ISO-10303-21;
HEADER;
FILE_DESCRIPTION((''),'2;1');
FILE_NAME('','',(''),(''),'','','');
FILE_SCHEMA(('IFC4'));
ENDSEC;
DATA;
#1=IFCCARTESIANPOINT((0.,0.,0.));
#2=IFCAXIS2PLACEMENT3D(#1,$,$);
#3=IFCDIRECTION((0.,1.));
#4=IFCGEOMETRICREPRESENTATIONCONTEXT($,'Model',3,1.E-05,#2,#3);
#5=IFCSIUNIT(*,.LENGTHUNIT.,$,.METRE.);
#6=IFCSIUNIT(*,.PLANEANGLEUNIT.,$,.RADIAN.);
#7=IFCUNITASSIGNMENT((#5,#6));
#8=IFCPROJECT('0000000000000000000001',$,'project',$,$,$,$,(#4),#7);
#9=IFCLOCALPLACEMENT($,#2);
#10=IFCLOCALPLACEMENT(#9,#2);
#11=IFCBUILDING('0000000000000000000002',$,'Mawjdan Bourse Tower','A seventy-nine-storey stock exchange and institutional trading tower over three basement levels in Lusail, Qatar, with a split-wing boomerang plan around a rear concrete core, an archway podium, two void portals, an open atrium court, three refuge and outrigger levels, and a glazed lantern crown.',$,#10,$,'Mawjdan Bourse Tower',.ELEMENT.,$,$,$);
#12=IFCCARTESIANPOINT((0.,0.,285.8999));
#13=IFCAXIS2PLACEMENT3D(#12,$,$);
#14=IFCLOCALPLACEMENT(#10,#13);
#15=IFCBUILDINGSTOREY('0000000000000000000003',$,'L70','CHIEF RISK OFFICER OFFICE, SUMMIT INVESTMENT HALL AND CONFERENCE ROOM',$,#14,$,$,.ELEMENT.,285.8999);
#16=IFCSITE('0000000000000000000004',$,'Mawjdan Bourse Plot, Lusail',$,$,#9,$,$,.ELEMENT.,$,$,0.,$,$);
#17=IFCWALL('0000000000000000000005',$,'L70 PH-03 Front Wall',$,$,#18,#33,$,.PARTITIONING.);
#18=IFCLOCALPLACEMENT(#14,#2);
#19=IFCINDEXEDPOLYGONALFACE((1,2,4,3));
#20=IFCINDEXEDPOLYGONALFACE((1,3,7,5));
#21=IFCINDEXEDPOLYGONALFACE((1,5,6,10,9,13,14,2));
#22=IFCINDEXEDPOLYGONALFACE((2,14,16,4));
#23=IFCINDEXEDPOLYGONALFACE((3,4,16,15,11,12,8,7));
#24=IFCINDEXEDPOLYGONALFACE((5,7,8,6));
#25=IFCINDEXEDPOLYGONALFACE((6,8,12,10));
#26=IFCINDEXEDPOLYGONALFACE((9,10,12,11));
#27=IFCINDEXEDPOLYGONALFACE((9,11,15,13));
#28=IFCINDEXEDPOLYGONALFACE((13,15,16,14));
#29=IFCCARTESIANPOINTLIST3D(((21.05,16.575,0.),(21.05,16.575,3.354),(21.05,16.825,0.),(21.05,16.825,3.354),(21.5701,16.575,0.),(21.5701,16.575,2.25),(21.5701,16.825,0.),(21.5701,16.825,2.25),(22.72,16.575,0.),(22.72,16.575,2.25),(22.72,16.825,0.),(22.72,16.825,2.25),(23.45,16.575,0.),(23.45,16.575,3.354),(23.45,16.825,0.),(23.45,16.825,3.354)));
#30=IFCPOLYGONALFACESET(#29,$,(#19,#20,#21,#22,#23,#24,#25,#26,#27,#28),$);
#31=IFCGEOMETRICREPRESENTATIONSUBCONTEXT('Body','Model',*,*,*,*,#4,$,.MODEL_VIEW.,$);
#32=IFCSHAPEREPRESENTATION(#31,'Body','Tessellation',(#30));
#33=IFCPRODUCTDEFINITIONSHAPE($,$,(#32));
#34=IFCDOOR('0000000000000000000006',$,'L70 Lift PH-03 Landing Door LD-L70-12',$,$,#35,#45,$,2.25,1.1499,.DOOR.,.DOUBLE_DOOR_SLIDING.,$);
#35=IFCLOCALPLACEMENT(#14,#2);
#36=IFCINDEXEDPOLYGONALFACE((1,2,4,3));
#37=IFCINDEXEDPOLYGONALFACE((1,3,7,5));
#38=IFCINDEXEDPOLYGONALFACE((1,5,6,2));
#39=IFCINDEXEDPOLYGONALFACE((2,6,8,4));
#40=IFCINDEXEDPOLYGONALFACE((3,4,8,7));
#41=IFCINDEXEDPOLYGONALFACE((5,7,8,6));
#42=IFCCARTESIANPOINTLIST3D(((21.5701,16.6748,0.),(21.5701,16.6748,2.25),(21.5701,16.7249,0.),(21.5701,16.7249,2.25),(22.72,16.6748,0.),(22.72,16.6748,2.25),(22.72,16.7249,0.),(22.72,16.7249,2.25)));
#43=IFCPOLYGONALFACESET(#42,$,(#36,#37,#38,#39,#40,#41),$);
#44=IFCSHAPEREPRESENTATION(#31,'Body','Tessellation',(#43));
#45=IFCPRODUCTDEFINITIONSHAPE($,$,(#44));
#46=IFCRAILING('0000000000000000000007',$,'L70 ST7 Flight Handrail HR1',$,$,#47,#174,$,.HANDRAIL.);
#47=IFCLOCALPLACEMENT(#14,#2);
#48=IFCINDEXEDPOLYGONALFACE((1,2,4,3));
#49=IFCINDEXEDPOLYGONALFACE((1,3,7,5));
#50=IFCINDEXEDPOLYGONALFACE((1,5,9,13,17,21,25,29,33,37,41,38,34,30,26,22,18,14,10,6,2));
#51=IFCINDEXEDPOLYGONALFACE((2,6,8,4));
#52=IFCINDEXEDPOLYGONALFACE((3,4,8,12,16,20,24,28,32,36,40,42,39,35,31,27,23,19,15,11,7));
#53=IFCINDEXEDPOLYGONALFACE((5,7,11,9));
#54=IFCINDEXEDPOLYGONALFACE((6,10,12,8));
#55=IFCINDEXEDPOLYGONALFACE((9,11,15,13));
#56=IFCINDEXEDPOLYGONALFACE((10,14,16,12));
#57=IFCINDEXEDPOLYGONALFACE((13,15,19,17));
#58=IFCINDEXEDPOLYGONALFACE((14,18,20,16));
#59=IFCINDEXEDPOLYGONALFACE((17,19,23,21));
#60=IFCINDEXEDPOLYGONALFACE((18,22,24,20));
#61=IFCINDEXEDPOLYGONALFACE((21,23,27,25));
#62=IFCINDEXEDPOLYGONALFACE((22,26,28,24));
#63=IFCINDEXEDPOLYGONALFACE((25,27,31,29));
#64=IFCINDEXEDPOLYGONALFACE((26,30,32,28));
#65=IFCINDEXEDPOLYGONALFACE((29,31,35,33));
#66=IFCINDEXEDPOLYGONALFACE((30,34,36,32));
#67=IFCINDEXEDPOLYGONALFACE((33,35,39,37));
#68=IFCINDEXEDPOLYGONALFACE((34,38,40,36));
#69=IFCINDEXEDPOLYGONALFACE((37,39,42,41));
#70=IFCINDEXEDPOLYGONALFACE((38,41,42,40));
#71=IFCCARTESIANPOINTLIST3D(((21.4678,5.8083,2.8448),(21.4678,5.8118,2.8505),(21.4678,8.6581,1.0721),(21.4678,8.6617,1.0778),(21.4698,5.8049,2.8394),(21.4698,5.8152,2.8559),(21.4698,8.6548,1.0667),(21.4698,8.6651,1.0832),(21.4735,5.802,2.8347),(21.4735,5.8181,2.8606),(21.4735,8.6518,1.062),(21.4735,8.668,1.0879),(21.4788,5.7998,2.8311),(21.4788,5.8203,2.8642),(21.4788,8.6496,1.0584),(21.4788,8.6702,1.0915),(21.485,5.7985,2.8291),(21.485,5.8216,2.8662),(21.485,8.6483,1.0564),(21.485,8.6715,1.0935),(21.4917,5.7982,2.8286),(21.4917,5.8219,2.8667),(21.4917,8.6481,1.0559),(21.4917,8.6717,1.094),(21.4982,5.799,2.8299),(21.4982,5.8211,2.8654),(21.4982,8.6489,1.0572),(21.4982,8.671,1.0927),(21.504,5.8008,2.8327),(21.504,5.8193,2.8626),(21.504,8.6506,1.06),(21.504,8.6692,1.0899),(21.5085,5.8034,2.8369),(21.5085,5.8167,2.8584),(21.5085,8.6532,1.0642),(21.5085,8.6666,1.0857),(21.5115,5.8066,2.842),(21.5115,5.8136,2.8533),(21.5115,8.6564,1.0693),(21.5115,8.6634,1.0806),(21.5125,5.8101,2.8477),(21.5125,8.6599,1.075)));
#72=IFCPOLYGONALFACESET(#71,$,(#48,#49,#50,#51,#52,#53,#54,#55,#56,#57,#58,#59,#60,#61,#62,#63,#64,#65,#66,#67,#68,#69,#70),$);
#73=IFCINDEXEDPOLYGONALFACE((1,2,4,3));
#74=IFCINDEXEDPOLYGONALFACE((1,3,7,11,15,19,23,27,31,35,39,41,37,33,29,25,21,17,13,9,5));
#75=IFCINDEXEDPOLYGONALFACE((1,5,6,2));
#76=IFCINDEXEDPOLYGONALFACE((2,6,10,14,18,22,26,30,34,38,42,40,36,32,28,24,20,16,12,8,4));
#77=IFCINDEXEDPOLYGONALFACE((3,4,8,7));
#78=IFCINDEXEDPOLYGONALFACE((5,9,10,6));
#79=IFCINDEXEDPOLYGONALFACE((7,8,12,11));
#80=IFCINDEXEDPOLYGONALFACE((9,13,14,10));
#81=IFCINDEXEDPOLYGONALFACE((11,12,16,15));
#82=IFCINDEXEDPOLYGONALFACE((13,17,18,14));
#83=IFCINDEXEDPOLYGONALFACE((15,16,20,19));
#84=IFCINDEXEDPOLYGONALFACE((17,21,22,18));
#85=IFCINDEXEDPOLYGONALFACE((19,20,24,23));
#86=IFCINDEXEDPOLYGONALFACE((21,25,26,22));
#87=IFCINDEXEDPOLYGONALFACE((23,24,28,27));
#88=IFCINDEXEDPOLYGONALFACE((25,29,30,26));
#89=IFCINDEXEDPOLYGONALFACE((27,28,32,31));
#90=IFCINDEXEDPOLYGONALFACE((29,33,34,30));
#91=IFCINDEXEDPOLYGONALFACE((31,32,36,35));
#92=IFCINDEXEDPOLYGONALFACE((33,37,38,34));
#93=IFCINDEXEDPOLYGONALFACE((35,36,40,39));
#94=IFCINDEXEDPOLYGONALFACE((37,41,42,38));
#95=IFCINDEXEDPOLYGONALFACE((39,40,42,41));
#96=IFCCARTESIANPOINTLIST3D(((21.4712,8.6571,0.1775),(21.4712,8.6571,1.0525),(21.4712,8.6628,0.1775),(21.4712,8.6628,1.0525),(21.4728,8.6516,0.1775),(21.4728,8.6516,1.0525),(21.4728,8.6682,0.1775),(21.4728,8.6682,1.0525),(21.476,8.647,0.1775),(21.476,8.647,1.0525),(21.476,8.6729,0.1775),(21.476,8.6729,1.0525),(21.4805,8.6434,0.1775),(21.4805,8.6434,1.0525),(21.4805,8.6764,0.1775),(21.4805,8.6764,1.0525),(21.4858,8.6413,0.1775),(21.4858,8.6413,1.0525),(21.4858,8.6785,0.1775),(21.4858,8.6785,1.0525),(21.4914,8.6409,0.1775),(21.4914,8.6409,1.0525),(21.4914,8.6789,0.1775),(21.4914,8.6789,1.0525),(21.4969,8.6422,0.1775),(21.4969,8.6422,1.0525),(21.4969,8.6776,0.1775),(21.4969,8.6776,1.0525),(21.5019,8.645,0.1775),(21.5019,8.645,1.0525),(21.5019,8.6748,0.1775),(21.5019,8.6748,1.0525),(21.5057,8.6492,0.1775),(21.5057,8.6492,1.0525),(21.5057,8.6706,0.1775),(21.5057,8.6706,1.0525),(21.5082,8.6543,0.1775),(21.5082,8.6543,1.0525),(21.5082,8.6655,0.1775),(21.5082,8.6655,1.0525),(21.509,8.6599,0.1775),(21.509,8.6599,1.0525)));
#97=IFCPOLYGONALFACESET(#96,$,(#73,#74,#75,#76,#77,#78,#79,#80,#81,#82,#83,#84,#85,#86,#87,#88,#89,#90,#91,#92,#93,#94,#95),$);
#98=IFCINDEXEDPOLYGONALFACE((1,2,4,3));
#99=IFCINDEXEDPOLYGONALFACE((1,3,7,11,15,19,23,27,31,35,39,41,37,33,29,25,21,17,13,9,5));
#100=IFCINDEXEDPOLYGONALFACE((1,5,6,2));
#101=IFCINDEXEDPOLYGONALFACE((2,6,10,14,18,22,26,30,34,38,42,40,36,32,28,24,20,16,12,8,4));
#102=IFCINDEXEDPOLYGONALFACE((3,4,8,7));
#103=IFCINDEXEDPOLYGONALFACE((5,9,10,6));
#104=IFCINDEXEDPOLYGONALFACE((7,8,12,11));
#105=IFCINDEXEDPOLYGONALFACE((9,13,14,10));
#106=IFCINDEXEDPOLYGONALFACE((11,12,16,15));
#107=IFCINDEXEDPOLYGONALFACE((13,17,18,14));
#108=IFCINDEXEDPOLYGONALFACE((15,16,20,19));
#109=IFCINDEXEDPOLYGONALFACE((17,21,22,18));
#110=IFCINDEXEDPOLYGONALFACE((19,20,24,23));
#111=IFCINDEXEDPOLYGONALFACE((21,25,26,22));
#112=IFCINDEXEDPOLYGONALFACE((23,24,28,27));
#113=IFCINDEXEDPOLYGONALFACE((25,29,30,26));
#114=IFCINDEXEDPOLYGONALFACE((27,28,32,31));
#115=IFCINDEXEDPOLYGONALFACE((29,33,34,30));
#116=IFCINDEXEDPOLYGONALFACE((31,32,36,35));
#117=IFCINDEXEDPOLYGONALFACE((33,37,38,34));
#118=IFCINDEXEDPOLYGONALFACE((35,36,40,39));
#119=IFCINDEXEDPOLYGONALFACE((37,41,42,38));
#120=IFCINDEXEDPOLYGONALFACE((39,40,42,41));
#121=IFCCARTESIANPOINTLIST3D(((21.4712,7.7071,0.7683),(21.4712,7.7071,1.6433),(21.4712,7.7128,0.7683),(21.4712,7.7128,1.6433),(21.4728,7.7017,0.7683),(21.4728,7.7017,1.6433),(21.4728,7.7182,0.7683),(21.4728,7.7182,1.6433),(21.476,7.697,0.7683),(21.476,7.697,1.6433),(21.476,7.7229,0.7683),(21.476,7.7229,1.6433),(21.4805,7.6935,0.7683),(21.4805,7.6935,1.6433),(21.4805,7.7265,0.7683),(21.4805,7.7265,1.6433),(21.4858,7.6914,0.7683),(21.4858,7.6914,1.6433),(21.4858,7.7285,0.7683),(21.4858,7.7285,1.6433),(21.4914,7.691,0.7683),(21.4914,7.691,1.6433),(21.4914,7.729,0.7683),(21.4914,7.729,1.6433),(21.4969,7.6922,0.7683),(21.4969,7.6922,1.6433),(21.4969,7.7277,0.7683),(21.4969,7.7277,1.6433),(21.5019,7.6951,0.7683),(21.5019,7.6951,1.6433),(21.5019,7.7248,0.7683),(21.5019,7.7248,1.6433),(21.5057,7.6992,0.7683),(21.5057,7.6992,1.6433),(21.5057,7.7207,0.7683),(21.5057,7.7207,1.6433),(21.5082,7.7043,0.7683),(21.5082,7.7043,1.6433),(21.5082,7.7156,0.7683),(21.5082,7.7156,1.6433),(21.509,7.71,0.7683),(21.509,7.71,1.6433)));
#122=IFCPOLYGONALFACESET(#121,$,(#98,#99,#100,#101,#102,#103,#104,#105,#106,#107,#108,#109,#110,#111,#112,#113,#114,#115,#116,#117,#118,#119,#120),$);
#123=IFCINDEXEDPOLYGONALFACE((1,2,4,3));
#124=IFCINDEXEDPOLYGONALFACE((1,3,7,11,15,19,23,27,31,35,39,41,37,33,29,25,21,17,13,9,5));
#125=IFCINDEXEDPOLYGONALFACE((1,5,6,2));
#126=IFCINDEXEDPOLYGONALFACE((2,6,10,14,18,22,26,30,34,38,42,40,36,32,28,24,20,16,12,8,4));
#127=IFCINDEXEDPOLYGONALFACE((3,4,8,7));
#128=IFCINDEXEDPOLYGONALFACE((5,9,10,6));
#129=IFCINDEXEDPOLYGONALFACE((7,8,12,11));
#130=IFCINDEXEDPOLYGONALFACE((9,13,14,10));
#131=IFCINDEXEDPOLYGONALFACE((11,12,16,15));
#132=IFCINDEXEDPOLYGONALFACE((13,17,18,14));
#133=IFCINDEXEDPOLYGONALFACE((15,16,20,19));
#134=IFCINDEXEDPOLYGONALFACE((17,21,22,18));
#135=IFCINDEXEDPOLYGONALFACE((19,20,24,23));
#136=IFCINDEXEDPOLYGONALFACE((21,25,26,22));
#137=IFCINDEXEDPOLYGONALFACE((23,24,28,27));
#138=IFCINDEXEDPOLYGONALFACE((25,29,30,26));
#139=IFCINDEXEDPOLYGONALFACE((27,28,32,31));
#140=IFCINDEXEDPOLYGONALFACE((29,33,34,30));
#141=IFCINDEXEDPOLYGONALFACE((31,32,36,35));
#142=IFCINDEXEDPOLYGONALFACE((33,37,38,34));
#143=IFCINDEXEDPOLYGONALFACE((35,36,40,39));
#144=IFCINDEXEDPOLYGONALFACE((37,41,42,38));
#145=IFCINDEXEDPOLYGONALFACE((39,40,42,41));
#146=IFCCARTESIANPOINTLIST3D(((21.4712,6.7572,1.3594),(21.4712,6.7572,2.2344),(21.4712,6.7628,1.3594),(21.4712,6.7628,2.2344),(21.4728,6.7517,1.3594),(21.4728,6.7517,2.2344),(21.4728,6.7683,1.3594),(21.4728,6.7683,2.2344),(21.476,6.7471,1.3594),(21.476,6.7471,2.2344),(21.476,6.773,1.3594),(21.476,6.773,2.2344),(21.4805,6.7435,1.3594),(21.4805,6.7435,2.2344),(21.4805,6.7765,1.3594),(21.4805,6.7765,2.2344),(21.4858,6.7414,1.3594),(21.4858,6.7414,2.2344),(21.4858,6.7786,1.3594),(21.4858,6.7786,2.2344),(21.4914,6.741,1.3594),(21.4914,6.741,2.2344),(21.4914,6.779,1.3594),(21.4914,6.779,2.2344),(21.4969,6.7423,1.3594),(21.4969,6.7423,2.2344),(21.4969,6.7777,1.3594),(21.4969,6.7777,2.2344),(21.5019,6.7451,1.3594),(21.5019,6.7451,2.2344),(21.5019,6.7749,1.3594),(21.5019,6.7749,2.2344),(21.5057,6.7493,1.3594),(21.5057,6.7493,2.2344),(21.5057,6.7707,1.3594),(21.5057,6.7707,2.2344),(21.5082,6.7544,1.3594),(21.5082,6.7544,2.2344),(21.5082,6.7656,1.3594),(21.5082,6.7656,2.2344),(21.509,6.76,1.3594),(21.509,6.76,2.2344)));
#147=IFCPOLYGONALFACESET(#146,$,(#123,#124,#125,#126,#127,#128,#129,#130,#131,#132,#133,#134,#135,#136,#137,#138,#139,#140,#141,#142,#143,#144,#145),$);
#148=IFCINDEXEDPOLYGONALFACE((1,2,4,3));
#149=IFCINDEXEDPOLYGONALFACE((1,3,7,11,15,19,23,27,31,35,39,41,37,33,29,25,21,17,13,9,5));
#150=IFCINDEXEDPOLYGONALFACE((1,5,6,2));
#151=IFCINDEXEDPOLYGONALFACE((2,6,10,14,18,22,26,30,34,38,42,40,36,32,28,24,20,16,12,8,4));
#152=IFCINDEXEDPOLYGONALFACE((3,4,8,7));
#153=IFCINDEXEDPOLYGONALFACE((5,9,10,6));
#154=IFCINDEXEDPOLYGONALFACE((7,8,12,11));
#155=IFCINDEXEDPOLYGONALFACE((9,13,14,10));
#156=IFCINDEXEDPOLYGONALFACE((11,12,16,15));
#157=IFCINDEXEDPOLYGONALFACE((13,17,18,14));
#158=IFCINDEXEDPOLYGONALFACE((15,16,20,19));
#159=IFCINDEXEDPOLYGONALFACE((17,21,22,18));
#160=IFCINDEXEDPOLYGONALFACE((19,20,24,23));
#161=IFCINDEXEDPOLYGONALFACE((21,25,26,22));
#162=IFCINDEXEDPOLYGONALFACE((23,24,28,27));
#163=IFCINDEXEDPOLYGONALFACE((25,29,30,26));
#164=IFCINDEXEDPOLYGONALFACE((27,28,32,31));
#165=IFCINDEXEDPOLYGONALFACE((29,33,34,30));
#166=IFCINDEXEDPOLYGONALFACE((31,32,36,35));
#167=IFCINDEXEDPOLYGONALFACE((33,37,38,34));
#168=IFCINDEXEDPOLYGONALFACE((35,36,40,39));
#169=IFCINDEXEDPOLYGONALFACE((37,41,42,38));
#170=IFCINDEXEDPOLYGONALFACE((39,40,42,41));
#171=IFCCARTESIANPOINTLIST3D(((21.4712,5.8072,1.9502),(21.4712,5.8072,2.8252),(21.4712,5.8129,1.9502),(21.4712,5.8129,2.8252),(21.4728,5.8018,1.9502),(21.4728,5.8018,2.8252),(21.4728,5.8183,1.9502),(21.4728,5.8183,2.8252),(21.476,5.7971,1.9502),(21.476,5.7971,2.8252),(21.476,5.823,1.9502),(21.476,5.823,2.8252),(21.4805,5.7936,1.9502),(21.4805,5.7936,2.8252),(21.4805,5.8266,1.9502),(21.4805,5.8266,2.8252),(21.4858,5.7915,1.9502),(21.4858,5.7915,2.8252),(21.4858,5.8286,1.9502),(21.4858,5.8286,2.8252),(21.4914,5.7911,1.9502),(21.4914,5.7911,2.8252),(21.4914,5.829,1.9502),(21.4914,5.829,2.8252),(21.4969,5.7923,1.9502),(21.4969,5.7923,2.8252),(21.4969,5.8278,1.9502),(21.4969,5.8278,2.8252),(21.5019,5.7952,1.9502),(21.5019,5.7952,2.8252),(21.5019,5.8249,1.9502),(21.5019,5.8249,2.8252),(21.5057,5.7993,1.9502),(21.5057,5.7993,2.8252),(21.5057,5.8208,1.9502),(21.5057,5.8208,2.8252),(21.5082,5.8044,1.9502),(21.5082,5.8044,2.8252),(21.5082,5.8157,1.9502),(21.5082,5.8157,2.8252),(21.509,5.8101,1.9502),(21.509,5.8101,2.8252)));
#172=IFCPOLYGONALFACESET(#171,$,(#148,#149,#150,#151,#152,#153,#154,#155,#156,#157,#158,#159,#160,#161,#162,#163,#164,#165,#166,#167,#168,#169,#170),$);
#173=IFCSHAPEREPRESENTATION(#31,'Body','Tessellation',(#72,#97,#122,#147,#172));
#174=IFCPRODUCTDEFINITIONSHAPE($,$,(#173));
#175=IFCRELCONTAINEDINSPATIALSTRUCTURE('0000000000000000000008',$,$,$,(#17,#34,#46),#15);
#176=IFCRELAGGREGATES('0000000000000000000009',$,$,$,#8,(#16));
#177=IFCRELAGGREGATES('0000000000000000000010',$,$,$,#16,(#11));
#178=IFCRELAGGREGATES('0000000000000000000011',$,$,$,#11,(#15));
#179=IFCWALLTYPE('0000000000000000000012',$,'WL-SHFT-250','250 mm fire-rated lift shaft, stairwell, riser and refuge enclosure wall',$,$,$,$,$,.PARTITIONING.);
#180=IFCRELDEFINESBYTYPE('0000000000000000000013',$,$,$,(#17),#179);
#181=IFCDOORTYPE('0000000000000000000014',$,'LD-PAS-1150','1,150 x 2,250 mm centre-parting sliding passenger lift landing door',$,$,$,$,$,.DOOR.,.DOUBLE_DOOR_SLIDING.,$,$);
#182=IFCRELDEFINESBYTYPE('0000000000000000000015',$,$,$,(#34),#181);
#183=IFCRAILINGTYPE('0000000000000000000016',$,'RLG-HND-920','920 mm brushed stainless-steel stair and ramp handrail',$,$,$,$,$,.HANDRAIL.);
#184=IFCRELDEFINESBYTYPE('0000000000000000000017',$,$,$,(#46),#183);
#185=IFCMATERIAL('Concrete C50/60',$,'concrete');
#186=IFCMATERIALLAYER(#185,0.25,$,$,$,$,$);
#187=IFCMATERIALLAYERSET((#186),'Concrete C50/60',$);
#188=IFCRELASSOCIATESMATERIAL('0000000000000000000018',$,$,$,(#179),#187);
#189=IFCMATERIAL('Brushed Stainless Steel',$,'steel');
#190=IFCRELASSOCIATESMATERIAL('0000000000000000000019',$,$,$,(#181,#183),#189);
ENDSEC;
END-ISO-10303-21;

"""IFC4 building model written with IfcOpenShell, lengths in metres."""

from ifc_helpers import new_model, si_unit, direction, frame, frame_2d, origin, origin_2d, place, context, subcontext, project, spatial, rectangle, circle, extrude, material, layer, layer_set, type_object, element, fill, save


model = new_model("IFC4")

# Units and contexts
model_context = context("Model", 3, precision=1e-05, world=origin(), true_north=direction((0.0, 1.0)))
body_context = subcontext(model_context, "Body", "Model", "MODEL_VIEW")
ifc_project = project(units=[si_unit("LENGTHUNIT", "METRE"), si_unit("PLANEANGLEUNIT", "RADIAN")], contexts=[model_context])

# Site, building, storey
site_placement = place(None, origin())
site = spatial("IfcSite", under=ifc_project, at=site_placement, Name="Mawjdan Bourse Plot, Lusail", CompositionType="ELEMENT", RefElevation=0.0)
building_placement = place(site_placement, origin())
building = spatial("IfcBuilding", under=site, at=building_placement, Name="Mawjdan Bourse Tower", Description="A seventy-nine-storey stock exchange and institutional trading tower over three basement levels in Lusail, Qatar, with a split-wing boomerang plan around a rear concrete core, an archway podium, two void portals, an open atrium court, three refuge and outrigger levels, and a glazed lantern crown.", LongName="Mawjdan Bourse Tower", CompositionType="ELEMENT")
storey_placement = place(building_placement, frame((0.0, 0.0, 285.8999)))
storey = spatial("IfcBuildingStorey", under=building, at=storey_placement, Name="L70", Description="CHIEF RISK OFFICER OFFICE, SUMMIT INVESTMENT HALL AND CONFERENCE ROOM", CompositionType="ELEMENT", Elevation=285.8999)

# Wall, opening, door
ifc_material_1 = material(Name="Concrete C50/60", Category="concrete")
ifc_layer_1 = layer(ifc_material_1, 0.25)
ifc_layer_set_1 = layer_set([ifc_layer_1], Name="Concrete C50/60")
wall_type_1 = type_object("IfcWallType", Name="WL-SHFT-250", Description="250 mm fire-rated lift shaft, stairwell, riser and refuge enclosure wall", PredefinedType="PARTITIONING", material=ifc_layer_set_1)
wall_1_placement = place(storey_placement, frame((21.05, 16.7, 0.0), z_axis=(0.0, 0.0, 1.0), x_axis=(1.0, 0.0, 0.0)))
wall_1 = element("IfcWall", 1, at=wall_1_placement, inside=storey, type_object=wall_type_1, Name="L70 PH-03 Front Wall", PredefinedType="PARTITIONING", context=body_context, shape_type="SweptSolid", body=[
    extrude(rectangle(XDim=2.3999, YDim=0.25, at=frame_2d((1.2, 0.0))), origin(), (0.0, 0.0, 1.0), 3.354),
])
opening_1_placement = place(wall_1_placement, frame((0.52, 0.0, 0.0)))
opening_1 = element("IfcOpeningElement", 2, at=opening_1_placement, cuts=wall_1, PredefinedType="OPENING", context=body_context, shape_type="SweptSolid", body=[
    extrude(rectangle(XDim=1.1499, YDim=2.25, at=frame_2d((0.575, 1.125))), frame((0.0, 0.135, 0.0), z_axis=(0.0, -1.0, 0.0), x_axis=(1.0, 0.0, 0.0)), (0.0, 0.0, 1.0), 0.27),
])
ifc_material_2 = material(Name="Brushed Stainless Steel", Category="steel")
door_type_1 = type_object("IfcDoorType", Name="LD-PAS-1150", Description="1,150 x 2,250 mm centre-parting sliding passenger lift landing door", OperationType="DOUBLE_DOOR_SLIDING", PredefinedType="DOOR", material=ifc_material_2)
door_1_placement = place(opening_1_placement, origin())
door_1 = element("IfcDoor", 3, at=door_1_placement, inside=storey, type_object=door_type_1, Name="L70 Lift PH-03 Landing Door LD-L70-12", OperationType="DOUBLE_DOOR_SLIDING", OverallHeight=2.25, OverallWidth=1.1499, PredefinedType="DOOR", context=body_context, shape_type="SweptSolid", body=[
    extrude(rectangle(XDim=1.1499, YDim=2.25, at=frame_2d((0.575, 1.125))), frame((0.0, 0.0249, 0.0), z_axis=(0.0, -1.0, 0.0), x_axis=(1.0, 0.0, 0.0)), (0.0, 0.0, 1.0), 0.05),
])
fill(opening_1, door_1)

# Railing
railing_type_1 = type_object("IfcRailingType", Name="RLG-HND-920", Description="920 mm brushed stainless-steel stair and ramp handrail", PredefinedType="HANDRAIL", material=ifc_material_2)
railing_1_placement = place(storey_placement, frame((21.49, 8.6599, 0.1775)))
element("IfcRailing", 4, at=railing_1_placement, inside=storey, type_object=railing_type_1, Name="L70 ST7 Flight Handrail HR1", PredefinedType="HANDRAIL", context=body_context, shape_type="SweptSolid", body=[
    extrude(circle(Radius=0.0225, at=origin_2d()), frame((0.0, 0.0, 0.8975), z_axis=(0.0, -0.849128, 0.528187), x_axis=(1.0, 0.0, 0.0)), (0.0, 0.0, 1.0), 3.3562),
    extrude(circle(Radius=0.019, at=origin_2d()), origin(), (0.0, 0.0, 1.0), 0.875),
    extrude(circle(Radius=0.019, at=origin_2d()), frame((0.0, -0.95, 0.5908)), (0.0, 0.0, 1.0), 0.875),
    extrude(circle(Radius=0.019, at=origin_2d()), frame((0.0, -1.8999, 1.1819)), (0.0, 0.0, 1.0), 0.875),
    extrude(circle(Radius=0.019, at=origin_2d()), frame((0.0, -2.8499, 1.7727)), (0.0, 0.0, 1.0), 0.875),
])

save(model, "model.ifc")
